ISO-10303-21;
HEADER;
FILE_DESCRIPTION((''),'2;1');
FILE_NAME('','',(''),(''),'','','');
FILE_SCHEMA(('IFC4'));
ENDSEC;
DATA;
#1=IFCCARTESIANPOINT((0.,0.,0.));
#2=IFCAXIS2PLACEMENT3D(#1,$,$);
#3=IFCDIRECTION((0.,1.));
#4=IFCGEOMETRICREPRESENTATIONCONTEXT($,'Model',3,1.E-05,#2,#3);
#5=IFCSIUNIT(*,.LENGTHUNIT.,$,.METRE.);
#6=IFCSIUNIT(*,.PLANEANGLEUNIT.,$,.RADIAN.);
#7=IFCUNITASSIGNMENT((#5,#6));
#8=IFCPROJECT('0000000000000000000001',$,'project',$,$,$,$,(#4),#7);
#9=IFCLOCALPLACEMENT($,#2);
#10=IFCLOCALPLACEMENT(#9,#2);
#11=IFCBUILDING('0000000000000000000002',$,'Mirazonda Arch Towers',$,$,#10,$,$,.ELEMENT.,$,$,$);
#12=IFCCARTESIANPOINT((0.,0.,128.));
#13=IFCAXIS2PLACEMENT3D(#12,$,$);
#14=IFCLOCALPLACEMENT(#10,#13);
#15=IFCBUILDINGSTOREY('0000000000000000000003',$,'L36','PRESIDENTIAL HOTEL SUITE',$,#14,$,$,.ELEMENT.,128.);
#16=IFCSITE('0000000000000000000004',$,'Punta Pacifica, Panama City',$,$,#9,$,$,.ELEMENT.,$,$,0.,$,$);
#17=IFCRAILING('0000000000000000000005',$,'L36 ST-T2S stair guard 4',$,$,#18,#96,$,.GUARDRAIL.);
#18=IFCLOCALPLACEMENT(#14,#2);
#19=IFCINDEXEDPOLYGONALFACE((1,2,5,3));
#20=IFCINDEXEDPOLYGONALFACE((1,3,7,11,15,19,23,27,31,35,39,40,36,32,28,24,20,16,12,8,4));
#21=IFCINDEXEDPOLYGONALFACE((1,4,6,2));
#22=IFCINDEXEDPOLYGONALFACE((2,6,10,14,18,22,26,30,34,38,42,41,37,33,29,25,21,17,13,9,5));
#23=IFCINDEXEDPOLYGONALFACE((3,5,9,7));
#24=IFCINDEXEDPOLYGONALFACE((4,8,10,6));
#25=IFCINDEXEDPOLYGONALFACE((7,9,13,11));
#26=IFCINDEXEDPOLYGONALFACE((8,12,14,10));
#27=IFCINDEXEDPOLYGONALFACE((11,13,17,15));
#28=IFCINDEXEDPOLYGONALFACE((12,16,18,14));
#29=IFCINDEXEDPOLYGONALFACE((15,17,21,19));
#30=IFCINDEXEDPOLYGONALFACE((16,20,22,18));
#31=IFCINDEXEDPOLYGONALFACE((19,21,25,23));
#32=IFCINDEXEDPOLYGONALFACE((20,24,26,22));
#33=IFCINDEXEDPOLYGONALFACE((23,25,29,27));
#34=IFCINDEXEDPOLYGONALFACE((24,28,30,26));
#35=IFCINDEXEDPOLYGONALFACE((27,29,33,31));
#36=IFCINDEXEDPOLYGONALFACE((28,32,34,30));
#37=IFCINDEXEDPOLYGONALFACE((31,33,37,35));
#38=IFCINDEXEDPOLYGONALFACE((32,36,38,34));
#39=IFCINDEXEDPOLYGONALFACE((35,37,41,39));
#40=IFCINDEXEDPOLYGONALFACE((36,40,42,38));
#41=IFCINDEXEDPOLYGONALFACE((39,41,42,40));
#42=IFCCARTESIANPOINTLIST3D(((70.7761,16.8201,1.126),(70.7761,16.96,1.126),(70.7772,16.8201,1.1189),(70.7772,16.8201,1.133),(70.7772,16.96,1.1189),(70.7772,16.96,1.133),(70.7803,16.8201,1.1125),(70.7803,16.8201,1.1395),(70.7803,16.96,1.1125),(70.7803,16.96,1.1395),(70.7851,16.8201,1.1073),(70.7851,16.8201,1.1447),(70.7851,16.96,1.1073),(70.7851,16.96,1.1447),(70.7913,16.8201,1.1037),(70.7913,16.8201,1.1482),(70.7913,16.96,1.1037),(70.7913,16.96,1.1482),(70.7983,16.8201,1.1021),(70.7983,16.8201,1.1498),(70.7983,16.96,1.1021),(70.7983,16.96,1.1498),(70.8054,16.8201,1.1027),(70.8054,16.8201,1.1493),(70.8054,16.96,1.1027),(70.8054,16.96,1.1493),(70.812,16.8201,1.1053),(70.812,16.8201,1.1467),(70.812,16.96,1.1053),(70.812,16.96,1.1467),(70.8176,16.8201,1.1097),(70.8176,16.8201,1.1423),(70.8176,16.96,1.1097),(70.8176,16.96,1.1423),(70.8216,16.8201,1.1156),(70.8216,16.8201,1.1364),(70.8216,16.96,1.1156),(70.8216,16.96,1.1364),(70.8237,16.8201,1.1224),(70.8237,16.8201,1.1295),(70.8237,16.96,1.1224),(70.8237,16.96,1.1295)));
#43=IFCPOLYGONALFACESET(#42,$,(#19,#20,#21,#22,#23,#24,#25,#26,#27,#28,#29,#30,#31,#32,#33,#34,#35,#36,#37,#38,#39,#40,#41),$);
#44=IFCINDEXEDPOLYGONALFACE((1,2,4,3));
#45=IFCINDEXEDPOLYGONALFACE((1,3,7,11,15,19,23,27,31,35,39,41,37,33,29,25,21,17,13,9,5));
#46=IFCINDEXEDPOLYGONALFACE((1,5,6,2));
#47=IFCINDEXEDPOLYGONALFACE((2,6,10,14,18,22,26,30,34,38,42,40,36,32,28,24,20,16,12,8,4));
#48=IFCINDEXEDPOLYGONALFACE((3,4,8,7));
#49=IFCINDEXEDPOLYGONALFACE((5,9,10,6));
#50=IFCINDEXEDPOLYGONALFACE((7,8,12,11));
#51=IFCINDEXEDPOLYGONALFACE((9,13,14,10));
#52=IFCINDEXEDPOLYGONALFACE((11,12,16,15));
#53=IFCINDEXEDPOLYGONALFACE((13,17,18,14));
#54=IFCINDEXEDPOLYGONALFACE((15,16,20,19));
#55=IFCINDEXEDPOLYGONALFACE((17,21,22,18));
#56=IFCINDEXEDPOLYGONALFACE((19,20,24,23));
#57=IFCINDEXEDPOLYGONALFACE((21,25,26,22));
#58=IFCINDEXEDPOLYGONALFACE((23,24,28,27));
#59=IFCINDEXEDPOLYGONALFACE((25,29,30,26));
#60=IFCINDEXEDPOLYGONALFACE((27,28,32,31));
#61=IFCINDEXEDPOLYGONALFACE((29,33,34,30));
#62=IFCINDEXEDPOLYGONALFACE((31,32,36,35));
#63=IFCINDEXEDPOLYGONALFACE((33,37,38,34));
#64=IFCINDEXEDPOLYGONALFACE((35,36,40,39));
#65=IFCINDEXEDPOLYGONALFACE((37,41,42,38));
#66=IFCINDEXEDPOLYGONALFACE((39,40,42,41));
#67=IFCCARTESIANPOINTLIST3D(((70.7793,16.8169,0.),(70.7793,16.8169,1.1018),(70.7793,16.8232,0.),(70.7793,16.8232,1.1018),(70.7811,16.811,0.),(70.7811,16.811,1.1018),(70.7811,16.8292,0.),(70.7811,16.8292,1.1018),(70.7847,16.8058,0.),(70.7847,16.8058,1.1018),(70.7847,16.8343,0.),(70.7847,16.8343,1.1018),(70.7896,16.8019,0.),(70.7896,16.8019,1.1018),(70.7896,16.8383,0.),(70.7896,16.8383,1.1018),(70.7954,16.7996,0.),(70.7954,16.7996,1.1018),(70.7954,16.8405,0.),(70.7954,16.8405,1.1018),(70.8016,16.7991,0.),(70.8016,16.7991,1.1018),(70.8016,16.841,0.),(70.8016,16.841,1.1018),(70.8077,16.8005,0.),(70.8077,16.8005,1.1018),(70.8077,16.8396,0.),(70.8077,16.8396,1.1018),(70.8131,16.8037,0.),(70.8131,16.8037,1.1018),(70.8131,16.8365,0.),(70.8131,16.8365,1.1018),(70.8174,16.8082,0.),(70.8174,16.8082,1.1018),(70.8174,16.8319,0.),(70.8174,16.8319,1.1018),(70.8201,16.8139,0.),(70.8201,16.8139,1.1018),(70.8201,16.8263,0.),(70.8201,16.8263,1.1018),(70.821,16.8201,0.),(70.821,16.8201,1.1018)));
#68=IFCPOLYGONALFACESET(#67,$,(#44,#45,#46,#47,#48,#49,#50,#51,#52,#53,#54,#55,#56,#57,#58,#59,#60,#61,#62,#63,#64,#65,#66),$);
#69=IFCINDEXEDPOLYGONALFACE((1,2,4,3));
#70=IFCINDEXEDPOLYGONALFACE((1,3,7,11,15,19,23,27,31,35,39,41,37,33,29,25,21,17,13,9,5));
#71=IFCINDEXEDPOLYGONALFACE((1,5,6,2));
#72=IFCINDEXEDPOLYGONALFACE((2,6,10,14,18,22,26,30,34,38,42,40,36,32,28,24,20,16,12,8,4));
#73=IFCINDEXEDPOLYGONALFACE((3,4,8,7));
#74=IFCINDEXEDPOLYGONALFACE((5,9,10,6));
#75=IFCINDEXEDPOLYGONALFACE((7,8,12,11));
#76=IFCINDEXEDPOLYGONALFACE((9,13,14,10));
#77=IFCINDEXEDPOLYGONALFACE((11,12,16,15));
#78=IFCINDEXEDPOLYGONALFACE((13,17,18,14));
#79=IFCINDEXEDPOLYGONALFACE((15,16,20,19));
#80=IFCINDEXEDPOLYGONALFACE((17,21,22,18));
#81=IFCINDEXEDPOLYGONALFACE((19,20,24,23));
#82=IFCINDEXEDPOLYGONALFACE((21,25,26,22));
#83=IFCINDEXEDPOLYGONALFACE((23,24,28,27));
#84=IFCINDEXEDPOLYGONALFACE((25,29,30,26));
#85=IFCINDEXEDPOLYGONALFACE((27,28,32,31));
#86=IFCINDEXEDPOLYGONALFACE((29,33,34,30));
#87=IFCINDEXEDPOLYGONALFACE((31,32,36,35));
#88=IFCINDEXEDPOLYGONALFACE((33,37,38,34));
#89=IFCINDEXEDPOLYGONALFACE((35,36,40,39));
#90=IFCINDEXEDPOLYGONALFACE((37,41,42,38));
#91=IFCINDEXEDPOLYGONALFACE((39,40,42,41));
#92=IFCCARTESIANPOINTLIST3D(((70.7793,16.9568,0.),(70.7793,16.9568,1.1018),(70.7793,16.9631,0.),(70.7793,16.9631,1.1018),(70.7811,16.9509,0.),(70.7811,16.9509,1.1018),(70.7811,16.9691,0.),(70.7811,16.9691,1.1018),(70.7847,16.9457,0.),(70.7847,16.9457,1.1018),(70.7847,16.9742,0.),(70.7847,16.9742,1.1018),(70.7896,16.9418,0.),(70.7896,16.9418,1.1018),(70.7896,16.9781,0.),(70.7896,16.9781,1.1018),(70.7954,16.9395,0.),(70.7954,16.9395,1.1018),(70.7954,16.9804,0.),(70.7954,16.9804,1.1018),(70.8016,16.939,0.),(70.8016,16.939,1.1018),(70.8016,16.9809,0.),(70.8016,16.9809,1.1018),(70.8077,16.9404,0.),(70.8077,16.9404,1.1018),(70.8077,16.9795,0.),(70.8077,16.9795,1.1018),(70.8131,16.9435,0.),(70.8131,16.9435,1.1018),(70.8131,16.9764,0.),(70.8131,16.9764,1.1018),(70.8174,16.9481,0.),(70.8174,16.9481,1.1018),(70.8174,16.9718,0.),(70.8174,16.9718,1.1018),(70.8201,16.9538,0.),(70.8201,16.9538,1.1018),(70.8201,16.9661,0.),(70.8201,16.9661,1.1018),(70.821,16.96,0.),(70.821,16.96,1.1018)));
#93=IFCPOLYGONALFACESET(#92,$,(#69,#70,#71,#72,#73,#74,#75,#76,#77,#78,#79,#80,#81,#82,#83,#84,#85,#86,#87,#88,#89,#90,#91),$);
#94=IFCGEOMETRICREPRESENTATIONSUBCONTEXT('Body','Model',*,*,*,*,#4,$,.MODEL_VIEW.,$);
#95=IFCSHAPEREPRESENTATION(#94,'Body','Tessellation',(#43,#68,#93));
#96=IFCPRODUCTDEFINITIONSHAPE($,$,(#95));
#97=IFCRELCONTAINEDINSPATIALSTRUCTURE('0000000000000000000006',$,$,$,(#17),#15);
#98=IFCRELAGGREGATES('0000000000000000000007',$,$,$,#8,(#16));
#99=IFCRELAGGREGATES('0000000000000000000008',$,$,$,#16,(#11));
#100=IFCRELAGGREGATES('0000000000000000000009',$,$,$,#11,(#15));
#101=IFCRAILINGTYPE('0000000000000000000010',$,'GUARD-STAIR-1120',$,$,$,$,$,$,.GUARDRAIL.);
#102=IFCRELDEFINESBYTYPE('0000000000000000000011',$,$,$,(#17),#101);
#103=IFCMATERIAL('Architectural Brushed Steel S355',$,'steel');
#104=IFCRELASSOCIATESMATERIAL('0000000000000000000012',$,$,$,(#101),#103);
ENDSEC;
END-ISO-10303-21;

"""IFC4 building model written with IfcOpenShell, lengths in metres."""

from ifc_helpers import new_model, si_unit, direction, frame, origin, origin_2d, place, context, subcontext, project, spatial, circle, extrude, material, type_object, element, save


model = new_model("IFC4")

# Units and contexts
model_context = context("Model", 3, precision=1e-05, world=origin(), true_north=direction((0.0, 1.0)))
body_context = subcontext(model_context, "Body", "Model", "MODEL_VIEW")
ifc_project = project(units=[si_unit("LENGTHUNIT", "METRE"), si_unit("PLANEANGLEUNIT", "RADIAN")], contexts=[model_context])

# Site, building, storey
site_placement = place(None, origin())
site = spatial("IfcSite", under=ifc_project, at=site_placement, Name="Punta Pacifica, Panama City", CompositionType="ELEMENT", RefElevation=0.0)
building_placement = place(site_placement, origin())
building = spatial("IfcBuilding", under=site, at=building_placement, Name="Mirazonda Arch Towers", CompositionType="ELEMENT")
storey_placement = place(building_placement, frame((0.0, 0.0, 128.0)))
storey = spatial("IfcBuildingStorey", under=building, at=storey_placement, Name="L36", Description="PRESIDENTIAL HOTEL SUITE", CompositionType="ELEMENT", Elevation=128.0)

# Railing
ifc_material_1 = material(Name="Architectural Brushed Steel S355", Category="steel")
railing_type_1 = type_object("IfcRailingType", Name="GUARD-STAIR-1120", PredefinedType="GUARDRAIL", material=ifc_material_1)
railing_1_placement = place(storey_placement, frame((70.8, 16.8201, 0.0)))
element("IfcRailing", 1, at=railing_1_placement, inside=storey, type_object=railing_type_1, Name="L36 ST-T2S stair guard 4", PredefinedType="GUARDRAIL", context=body_context, shape_type="SweptSolid", body=[
    extrude(circle(Radius=0.0239, at=origin_2d()), frame((0.0, 0.0, 1.126), z_axis=(0.0, 1.0, 0.0), x_axis=(-1.0, 0.0, 0.0)), (0.0, 0.0, 1.0), 0.1399),
    extrude(circle(Radius=0.021, at=origin_2d()), origin(), (0.0, 0.0, 1.0), 1.1018),
    extrude(circle(Radius=0.021, at=origin_2d()), frame((0.0, 0.1399, 0.0)), (0.0, 0.0, 1.0), 1.1018),
])

save(model, "model.ifc")
